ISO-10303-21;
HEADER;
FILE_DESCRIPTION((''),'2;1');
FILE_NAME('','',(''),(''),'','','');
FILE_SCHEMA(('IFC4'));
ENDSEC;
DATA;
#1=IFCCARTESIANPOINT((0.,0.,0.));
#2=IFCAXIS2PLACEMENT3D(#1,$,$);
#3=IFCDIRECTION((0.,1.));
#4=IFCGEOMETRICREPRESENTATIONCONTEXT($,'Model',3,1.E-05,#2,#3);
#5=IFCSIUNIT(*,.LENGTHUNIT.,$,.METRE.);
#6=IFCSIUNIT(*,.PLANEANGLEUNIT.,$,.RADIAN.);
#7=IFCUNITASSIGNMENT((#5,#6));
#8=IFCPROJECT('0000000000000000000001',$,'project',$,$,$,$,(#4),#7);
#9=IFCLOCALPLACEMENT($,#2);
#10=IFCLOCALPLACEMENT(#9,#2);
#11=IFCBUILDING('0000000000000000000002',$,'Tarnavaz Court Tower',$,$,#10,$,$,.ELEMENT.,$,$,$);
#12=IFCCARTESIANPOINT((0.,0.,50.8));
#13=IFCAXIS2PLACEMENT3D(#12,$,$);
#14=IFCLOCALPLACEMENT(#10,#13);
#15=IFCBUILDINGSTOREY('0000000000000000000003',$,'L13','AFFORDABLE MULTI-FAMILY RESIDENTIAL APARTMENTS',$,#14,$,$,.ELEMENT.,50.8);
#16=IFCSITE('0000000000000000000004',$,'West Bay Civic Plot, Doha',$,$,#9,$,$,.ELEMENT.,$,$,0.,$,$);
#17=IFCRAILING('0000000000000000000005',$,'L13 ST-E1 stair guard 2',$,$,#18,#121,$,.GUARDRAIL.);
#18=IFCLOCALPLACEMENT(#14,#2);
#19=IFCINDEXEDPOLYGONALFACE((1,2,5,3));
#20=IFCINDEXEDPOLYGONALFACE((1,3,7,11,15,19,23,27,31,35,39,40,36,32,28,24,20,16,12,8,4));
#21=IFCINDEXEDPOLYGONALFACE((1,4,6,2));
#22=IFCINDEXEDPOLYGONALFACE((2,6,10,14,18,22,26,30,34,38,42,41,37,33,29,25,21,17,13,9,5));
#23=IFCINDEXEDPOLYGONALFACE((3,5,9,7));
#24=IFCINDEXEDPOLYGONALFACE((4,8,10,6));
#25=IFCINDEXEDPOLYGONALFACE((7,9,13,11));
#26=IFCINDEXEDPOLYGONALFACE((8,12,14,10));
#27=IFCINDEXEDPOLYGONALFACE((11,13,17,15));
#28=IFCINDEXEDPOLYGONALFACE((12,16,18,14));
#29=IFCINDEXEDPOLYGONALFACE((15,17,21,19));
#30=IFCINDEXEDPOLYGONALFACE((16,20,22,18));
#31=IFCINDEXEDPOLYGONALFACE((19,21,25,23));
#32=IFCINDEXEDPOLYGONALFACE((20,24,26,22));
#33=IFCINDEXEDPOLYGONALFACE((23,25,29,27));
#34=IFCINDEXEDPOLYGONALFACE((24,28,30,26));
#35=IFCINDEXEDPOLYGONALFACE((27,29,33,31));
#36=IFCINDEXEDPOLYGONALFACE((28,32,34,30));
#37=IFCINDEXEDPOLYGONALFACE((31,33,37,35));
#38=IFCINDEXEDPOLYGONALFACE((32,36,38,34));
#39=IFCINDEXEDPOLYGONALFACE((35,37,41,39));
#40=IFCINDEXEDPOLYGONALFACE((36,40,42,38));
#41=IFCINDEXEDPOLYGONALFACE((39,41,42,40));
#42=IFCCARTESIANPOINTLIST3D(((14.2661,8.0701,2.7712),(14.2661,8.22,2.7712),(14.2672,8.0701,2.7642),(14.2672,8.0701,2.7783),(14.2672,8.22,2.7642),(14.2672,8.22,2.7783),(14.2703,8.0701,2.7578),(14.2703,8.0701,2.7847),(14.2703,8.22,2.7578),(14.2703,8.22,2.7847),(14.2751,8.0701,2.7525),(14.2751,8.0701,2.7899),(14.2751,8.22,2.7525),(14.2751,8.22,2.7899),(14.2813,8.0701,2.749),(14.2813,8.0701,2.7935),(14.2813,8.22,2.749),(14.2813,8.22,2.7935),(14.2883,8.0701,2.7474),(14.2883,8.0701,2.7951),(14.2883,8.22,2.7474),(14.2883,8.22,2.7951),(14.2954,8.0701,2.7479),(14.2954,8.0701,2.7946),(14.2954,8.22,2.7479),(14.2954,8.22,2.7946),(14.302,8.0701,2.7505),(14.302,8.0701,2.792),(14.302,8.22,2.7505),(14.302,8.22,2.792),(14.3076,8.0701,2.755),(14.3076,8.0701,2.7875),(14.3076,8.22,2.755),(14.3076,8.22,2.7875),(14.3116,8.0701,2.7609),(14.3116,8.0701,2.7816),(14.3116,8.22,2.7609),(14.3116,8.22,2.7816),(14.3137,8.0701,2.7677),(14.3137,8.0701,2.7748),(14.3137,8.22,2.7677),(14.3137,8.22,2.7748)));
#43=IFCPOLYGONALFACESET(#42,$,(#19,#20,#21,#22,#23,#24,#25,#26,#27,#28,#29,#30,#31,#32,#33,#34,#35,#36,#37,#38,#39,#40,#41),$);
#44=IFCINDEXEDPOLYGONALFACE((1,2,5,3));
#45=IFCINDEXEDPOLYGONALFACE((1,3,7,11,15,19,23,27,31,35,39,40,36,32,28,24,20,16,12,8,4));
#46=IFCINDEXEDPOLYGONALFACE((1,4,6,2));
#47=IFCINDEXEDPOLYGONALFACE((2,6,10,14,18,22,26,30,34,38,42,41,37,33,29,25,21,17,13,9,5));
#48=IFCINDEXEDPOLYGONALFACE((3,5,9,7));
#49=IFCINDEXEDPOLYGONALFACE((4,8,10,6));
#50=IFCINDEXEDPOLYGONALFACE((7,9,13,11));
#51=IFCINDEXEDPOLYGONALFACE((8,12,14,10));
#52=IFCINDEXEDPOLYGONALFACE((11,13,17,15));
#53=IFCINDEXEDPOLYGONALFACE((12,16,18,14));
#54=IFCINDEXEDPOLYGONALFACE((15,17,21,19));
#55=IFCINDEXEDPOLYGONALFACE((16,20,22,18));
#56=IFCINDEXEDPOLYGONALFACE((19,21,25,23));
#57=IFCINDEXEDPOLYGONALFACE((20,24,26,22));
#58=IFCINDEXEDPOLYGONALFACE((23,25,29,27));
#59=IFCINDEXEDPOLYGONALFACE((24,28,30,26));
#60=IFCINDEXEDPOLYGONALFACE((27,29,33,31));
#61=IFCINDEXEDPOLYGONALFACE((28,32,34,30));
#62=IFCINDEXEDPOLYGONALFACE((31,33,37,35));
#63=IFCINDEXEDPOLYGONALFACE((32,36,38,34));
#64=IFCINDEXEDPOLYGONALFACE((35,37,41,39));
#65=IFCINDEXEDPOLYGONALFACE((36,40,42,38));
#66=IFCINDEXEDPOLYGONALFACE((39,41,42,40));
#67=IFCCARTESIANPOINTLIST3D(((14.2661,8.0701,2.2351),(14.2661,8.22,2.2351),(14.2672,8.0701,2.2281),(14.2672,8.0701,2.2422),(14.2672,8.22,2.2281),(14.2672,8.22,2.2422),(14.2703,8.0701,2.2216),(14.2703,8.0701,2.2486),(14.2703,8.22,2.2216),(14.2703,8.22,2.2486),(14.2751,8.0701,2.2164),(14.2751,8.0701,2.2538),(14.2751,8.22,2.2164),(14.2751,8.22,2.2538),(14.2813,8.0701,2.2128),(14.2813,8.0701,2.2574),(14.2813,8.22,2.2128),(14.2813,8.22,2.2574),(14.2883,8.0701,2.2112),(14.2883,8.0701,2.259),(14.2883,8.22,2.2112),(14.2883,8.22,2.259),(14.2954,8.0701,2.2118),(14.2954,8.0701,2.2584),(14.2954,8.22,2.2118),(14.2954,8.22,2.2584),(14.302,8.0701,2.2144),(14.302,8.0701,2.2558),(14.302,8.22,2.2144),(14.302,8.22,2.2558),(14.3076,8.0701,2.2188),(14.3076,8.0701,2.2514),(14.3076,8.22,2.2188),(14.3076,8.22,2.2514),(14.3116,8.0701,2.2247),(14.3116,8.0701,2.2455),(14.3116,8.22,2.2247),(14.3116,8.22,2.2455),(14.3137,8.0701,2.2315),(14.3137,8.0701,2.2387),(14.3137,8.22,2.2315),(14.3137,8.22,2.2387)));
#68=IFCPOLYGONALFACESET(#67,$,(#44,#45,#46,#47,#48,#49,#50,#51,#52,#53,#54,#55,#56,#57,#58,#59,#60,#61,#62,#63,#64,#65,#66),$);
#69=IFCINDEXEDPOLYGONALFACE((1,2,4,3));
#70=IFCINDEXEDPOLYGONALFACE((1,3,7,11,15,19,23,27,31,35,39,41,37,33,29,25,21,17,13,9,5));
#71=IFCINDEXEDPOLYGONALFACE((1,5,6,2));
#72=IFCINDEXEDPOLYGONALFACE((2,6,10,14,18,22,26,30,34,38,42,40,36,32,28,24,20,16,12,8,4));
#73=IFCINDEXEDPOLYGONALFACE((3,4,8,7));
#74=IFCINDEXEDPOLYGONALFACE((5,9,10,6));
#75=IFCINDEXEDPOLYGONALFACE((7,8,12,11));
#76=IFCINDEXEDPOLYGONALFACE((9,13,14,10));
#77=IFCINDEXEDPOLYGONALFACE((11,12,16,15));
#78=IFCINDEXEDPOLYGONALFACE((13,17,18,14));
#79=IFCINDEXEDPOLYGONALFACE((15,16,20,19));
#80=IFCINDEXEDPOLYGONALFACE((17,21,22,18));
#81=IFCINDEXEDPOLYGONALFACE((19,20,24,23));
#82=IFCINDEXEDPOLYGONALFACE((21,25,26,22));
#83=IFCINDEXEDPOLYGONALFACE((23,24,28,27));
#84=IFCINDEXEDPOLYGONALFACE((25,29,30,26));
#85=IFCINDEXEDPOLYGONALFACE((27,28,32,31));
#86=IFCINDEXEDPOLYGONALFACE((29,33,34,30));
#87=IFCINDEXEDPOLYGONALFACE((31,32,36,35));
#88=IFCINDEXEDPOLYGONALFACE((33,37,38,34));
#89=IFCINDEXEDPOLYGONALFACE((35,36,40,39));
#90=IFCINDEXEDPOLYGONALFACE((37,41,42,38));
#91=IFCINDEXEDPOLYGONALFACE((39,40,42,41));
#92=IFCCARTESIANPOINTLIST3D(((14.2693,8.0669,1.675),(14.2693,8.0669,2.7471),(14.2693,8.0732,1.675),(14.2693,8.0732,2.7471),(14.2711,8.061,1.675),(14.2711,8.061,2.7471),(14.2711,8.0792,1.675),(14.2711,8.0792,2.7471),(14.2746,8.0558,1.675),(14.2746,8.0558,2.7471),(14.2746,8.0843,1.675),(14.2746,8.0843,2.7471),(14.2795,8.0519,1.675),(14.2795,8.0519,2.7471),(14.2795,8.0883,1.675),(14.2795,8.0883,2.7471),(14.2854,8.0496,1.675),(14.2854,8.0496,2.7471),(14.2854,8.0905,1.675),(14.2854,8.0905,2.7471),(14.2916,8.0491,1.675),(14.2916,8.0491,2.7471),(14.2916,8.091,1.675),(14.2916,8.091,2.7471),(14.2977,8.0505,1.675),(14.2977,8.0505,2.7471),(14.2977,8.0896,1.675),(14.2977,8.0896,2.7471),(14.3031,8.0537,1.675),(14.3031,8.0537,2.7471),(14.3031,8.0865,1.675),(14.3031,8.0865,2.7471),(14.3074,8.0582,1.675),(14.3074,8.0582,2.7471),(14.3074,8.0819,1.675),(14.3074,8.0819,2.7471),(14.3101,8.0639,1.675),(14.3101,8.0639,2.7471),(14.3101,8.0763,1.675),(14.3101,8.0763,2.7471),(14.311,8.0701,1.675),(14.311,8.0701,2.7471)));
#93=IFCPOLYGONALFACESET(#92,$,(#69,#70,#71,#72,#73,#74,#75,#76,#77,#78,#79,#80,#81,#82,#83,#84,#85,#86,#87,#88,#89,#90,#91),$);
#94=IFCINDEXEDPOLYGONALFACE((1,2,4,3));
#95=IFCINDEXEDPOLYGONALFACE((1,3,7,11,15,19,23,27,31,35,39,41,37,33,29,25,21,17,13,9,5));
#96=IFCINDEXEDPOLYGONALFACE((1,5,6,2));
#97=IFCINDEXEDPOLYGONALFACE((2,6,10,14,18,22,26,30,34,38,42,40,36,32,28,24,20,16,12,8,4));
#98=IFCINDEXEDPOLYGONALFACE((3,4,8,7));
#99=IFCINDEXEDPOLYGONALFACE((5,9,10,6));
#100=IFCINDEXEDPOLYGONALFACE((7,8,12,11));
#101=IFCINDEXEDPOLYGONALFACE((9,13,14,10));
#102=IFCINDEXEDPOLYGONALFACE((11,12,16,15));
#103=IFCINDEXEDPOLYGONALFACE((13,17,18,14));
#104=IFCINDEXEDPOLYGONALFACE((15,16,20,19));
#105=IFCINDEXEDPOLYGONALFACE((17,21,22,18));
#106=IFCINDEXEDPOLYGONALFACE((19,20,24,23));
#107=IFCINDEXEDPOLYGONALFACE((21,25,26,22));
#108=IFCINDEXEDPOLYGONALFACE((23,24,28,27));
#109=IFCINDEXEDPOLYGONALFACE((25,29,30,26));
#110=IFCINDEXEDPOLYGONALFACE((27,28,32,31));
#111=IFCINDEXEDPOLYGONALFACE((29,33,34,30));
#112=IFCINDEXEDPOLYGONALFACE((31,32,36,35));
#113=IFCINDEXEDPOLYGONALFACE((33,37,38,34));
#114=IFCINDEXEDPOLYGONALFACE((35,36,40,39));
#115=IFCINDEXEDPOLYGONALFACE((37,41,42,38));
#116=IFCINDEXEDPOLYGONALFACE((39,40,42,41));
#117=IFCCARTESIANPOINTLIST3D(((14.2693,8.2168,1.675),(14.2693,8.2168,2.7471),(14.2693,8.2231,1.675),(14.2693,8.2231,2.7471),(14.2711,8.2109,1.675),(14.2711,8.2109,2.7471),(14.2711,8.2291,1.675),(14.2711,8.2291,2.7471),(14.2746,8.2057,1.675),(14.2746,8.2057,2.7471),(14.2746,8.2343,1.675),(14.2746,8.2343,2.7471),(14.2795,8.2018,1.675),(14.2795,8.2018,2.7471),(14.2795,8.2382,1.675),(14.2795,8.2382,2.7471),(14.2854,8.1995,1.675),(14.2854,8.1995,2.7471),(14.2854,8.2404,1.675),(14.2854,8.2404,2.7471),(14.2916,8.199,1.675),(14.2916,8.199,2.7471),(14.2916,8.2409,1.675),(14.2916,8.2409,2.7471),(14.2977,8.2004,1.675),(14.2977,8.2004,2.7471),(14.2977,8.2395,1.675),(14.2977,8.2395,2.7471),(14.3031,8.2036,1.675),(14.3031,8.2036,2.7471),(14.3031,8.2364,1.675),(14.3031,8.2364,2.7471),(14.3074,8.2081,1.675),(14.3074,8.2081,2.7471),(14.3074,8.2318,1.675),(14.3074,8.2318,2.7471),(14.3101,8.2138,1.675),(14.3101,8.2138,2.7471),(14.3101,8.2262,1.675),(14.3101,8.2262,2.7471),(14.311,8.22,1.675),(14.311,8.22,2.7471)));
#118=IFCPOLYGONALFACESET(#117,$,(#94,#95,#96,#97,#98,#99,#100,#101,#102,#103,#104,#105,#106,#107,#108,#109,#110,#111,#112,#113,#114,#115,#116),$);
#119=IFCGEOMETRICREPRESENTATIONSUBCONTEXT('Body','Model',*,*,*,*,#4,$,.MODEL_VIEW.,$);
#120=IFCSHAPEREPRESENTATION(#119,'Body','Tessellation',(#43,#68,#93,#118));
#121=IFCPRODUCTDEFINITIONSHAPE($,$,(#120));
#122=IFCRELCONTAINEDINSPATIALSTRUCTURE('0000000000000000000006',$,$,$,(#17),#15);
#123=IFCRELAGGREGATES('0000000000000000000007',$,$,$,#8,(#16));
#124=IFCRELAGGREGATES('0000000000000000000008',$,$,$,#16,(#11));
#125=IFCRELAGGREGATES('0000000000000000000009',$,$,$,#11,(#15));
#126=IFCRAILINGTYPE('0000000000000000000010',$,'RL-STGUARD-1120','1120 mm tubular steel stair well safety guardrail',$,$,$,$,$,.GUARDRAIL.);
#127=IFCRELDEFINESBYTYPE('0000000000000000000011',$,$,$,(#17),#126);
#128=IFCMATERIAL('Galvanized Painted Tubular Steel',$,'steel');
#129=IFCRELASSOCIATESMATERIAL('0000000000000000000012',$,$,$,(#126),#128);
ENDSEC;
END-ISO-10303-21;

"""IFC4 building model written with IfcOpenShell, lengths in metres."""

from ifc_helpers import new_model, si_unit, direction, frame, origin, origin_2d, place, context, subcontext, project, spatial, circle, extrude, material, type_object, element, save


model = new_model("IFC4")

# Units and contexts
model_context = context("Model", 3, precision=1e-05, world=origin(), true_north=direction((0.0, 1.0)))
body_context = subcontext(model_context, "Body", "Model", "MODEL_VIEW")
ifc_project = project(units=[si_unit("LENGTHUNIT", "METRE"), si_unit("PLANEANGLEUNIT", "RADIAN")], contexts=[model_context])

# Site, building, storey
site_placement = place(None, origin())
site = spatial("IfcSite", under=ifc_project, at=site_placement, Name="West Bay Civic Plot, Doha", CompositionType="ELEMENT", RefElevation=0.0)
building_placement = place(site_placement, origin())
building = spatial("IfcBuilding", under=site, at=building_placement, Name="Tarnavaz Court Tower", CompositionType="ELEMENT")
storey_placement = place(building_placement, frame((0.0, 0.0, 50.8)))
storey = spatial("IfcBuildingStorey", under=building, at=storey_placement, Name="L13", Description="AFFORDABLE MULTI-FAMILY RESIDENTIAL APARTMENTS", CompositionType="ELEMENT", Elevation=50.8)

# Railing
ifc_material_1 = material(Name="Galvanized Painted Tubular Steel", Category="steel")
railing_type_1 = type_object("IfcRailingType", Name="RL-STGUARD-1120", Description="1120 mm tubular steel stair well safety guardrail", PredefinedType="GUARDRAIL", material=ifc_material_1)
railing_1_placement = place(storey_placement, frame((14.29, 8.0701, 1.675)))
element("IfcRailing", 1, at=railing_1_placement, inside=storey, type_object=railing_type_1, Name="L13 ST-E1 stair guard 2", PredefinedType="GUARDRAIL", context=body_context, shape_type="SweptSolid", body=[
    extrude(circle(Radius=0.0239, at=origin_2d()), frame((0.0, 0.0, 1.0962), z_axis=(0.0, 1.0, 0.0), x_axis=(-1.0, 0.0, 0.0)), (0.0, 0.0, 1.0), 0.1499),
    extrude(circle(Radius=0.0239, at=origin_2d()), frame((0.0, 0.0, 0.5601), z_axis=(0.0, 1.0, 0.0), x_axis=(-1.0, 0.0, 0.0)), (0.0, 0.0, 1.0), 0.1499),
    extrude(circle(Radius=0.021, at=origin_2d()), origin(), (0.0, 0.0, 1.0), 1.072),
    extrude(circle(Radius=0.021, at=origin_2d()), frame((0.0, 0.1499, 0.0)), (0.0, 0.0, 1.0), 1.072),
])

save(model, "model.ifc")
